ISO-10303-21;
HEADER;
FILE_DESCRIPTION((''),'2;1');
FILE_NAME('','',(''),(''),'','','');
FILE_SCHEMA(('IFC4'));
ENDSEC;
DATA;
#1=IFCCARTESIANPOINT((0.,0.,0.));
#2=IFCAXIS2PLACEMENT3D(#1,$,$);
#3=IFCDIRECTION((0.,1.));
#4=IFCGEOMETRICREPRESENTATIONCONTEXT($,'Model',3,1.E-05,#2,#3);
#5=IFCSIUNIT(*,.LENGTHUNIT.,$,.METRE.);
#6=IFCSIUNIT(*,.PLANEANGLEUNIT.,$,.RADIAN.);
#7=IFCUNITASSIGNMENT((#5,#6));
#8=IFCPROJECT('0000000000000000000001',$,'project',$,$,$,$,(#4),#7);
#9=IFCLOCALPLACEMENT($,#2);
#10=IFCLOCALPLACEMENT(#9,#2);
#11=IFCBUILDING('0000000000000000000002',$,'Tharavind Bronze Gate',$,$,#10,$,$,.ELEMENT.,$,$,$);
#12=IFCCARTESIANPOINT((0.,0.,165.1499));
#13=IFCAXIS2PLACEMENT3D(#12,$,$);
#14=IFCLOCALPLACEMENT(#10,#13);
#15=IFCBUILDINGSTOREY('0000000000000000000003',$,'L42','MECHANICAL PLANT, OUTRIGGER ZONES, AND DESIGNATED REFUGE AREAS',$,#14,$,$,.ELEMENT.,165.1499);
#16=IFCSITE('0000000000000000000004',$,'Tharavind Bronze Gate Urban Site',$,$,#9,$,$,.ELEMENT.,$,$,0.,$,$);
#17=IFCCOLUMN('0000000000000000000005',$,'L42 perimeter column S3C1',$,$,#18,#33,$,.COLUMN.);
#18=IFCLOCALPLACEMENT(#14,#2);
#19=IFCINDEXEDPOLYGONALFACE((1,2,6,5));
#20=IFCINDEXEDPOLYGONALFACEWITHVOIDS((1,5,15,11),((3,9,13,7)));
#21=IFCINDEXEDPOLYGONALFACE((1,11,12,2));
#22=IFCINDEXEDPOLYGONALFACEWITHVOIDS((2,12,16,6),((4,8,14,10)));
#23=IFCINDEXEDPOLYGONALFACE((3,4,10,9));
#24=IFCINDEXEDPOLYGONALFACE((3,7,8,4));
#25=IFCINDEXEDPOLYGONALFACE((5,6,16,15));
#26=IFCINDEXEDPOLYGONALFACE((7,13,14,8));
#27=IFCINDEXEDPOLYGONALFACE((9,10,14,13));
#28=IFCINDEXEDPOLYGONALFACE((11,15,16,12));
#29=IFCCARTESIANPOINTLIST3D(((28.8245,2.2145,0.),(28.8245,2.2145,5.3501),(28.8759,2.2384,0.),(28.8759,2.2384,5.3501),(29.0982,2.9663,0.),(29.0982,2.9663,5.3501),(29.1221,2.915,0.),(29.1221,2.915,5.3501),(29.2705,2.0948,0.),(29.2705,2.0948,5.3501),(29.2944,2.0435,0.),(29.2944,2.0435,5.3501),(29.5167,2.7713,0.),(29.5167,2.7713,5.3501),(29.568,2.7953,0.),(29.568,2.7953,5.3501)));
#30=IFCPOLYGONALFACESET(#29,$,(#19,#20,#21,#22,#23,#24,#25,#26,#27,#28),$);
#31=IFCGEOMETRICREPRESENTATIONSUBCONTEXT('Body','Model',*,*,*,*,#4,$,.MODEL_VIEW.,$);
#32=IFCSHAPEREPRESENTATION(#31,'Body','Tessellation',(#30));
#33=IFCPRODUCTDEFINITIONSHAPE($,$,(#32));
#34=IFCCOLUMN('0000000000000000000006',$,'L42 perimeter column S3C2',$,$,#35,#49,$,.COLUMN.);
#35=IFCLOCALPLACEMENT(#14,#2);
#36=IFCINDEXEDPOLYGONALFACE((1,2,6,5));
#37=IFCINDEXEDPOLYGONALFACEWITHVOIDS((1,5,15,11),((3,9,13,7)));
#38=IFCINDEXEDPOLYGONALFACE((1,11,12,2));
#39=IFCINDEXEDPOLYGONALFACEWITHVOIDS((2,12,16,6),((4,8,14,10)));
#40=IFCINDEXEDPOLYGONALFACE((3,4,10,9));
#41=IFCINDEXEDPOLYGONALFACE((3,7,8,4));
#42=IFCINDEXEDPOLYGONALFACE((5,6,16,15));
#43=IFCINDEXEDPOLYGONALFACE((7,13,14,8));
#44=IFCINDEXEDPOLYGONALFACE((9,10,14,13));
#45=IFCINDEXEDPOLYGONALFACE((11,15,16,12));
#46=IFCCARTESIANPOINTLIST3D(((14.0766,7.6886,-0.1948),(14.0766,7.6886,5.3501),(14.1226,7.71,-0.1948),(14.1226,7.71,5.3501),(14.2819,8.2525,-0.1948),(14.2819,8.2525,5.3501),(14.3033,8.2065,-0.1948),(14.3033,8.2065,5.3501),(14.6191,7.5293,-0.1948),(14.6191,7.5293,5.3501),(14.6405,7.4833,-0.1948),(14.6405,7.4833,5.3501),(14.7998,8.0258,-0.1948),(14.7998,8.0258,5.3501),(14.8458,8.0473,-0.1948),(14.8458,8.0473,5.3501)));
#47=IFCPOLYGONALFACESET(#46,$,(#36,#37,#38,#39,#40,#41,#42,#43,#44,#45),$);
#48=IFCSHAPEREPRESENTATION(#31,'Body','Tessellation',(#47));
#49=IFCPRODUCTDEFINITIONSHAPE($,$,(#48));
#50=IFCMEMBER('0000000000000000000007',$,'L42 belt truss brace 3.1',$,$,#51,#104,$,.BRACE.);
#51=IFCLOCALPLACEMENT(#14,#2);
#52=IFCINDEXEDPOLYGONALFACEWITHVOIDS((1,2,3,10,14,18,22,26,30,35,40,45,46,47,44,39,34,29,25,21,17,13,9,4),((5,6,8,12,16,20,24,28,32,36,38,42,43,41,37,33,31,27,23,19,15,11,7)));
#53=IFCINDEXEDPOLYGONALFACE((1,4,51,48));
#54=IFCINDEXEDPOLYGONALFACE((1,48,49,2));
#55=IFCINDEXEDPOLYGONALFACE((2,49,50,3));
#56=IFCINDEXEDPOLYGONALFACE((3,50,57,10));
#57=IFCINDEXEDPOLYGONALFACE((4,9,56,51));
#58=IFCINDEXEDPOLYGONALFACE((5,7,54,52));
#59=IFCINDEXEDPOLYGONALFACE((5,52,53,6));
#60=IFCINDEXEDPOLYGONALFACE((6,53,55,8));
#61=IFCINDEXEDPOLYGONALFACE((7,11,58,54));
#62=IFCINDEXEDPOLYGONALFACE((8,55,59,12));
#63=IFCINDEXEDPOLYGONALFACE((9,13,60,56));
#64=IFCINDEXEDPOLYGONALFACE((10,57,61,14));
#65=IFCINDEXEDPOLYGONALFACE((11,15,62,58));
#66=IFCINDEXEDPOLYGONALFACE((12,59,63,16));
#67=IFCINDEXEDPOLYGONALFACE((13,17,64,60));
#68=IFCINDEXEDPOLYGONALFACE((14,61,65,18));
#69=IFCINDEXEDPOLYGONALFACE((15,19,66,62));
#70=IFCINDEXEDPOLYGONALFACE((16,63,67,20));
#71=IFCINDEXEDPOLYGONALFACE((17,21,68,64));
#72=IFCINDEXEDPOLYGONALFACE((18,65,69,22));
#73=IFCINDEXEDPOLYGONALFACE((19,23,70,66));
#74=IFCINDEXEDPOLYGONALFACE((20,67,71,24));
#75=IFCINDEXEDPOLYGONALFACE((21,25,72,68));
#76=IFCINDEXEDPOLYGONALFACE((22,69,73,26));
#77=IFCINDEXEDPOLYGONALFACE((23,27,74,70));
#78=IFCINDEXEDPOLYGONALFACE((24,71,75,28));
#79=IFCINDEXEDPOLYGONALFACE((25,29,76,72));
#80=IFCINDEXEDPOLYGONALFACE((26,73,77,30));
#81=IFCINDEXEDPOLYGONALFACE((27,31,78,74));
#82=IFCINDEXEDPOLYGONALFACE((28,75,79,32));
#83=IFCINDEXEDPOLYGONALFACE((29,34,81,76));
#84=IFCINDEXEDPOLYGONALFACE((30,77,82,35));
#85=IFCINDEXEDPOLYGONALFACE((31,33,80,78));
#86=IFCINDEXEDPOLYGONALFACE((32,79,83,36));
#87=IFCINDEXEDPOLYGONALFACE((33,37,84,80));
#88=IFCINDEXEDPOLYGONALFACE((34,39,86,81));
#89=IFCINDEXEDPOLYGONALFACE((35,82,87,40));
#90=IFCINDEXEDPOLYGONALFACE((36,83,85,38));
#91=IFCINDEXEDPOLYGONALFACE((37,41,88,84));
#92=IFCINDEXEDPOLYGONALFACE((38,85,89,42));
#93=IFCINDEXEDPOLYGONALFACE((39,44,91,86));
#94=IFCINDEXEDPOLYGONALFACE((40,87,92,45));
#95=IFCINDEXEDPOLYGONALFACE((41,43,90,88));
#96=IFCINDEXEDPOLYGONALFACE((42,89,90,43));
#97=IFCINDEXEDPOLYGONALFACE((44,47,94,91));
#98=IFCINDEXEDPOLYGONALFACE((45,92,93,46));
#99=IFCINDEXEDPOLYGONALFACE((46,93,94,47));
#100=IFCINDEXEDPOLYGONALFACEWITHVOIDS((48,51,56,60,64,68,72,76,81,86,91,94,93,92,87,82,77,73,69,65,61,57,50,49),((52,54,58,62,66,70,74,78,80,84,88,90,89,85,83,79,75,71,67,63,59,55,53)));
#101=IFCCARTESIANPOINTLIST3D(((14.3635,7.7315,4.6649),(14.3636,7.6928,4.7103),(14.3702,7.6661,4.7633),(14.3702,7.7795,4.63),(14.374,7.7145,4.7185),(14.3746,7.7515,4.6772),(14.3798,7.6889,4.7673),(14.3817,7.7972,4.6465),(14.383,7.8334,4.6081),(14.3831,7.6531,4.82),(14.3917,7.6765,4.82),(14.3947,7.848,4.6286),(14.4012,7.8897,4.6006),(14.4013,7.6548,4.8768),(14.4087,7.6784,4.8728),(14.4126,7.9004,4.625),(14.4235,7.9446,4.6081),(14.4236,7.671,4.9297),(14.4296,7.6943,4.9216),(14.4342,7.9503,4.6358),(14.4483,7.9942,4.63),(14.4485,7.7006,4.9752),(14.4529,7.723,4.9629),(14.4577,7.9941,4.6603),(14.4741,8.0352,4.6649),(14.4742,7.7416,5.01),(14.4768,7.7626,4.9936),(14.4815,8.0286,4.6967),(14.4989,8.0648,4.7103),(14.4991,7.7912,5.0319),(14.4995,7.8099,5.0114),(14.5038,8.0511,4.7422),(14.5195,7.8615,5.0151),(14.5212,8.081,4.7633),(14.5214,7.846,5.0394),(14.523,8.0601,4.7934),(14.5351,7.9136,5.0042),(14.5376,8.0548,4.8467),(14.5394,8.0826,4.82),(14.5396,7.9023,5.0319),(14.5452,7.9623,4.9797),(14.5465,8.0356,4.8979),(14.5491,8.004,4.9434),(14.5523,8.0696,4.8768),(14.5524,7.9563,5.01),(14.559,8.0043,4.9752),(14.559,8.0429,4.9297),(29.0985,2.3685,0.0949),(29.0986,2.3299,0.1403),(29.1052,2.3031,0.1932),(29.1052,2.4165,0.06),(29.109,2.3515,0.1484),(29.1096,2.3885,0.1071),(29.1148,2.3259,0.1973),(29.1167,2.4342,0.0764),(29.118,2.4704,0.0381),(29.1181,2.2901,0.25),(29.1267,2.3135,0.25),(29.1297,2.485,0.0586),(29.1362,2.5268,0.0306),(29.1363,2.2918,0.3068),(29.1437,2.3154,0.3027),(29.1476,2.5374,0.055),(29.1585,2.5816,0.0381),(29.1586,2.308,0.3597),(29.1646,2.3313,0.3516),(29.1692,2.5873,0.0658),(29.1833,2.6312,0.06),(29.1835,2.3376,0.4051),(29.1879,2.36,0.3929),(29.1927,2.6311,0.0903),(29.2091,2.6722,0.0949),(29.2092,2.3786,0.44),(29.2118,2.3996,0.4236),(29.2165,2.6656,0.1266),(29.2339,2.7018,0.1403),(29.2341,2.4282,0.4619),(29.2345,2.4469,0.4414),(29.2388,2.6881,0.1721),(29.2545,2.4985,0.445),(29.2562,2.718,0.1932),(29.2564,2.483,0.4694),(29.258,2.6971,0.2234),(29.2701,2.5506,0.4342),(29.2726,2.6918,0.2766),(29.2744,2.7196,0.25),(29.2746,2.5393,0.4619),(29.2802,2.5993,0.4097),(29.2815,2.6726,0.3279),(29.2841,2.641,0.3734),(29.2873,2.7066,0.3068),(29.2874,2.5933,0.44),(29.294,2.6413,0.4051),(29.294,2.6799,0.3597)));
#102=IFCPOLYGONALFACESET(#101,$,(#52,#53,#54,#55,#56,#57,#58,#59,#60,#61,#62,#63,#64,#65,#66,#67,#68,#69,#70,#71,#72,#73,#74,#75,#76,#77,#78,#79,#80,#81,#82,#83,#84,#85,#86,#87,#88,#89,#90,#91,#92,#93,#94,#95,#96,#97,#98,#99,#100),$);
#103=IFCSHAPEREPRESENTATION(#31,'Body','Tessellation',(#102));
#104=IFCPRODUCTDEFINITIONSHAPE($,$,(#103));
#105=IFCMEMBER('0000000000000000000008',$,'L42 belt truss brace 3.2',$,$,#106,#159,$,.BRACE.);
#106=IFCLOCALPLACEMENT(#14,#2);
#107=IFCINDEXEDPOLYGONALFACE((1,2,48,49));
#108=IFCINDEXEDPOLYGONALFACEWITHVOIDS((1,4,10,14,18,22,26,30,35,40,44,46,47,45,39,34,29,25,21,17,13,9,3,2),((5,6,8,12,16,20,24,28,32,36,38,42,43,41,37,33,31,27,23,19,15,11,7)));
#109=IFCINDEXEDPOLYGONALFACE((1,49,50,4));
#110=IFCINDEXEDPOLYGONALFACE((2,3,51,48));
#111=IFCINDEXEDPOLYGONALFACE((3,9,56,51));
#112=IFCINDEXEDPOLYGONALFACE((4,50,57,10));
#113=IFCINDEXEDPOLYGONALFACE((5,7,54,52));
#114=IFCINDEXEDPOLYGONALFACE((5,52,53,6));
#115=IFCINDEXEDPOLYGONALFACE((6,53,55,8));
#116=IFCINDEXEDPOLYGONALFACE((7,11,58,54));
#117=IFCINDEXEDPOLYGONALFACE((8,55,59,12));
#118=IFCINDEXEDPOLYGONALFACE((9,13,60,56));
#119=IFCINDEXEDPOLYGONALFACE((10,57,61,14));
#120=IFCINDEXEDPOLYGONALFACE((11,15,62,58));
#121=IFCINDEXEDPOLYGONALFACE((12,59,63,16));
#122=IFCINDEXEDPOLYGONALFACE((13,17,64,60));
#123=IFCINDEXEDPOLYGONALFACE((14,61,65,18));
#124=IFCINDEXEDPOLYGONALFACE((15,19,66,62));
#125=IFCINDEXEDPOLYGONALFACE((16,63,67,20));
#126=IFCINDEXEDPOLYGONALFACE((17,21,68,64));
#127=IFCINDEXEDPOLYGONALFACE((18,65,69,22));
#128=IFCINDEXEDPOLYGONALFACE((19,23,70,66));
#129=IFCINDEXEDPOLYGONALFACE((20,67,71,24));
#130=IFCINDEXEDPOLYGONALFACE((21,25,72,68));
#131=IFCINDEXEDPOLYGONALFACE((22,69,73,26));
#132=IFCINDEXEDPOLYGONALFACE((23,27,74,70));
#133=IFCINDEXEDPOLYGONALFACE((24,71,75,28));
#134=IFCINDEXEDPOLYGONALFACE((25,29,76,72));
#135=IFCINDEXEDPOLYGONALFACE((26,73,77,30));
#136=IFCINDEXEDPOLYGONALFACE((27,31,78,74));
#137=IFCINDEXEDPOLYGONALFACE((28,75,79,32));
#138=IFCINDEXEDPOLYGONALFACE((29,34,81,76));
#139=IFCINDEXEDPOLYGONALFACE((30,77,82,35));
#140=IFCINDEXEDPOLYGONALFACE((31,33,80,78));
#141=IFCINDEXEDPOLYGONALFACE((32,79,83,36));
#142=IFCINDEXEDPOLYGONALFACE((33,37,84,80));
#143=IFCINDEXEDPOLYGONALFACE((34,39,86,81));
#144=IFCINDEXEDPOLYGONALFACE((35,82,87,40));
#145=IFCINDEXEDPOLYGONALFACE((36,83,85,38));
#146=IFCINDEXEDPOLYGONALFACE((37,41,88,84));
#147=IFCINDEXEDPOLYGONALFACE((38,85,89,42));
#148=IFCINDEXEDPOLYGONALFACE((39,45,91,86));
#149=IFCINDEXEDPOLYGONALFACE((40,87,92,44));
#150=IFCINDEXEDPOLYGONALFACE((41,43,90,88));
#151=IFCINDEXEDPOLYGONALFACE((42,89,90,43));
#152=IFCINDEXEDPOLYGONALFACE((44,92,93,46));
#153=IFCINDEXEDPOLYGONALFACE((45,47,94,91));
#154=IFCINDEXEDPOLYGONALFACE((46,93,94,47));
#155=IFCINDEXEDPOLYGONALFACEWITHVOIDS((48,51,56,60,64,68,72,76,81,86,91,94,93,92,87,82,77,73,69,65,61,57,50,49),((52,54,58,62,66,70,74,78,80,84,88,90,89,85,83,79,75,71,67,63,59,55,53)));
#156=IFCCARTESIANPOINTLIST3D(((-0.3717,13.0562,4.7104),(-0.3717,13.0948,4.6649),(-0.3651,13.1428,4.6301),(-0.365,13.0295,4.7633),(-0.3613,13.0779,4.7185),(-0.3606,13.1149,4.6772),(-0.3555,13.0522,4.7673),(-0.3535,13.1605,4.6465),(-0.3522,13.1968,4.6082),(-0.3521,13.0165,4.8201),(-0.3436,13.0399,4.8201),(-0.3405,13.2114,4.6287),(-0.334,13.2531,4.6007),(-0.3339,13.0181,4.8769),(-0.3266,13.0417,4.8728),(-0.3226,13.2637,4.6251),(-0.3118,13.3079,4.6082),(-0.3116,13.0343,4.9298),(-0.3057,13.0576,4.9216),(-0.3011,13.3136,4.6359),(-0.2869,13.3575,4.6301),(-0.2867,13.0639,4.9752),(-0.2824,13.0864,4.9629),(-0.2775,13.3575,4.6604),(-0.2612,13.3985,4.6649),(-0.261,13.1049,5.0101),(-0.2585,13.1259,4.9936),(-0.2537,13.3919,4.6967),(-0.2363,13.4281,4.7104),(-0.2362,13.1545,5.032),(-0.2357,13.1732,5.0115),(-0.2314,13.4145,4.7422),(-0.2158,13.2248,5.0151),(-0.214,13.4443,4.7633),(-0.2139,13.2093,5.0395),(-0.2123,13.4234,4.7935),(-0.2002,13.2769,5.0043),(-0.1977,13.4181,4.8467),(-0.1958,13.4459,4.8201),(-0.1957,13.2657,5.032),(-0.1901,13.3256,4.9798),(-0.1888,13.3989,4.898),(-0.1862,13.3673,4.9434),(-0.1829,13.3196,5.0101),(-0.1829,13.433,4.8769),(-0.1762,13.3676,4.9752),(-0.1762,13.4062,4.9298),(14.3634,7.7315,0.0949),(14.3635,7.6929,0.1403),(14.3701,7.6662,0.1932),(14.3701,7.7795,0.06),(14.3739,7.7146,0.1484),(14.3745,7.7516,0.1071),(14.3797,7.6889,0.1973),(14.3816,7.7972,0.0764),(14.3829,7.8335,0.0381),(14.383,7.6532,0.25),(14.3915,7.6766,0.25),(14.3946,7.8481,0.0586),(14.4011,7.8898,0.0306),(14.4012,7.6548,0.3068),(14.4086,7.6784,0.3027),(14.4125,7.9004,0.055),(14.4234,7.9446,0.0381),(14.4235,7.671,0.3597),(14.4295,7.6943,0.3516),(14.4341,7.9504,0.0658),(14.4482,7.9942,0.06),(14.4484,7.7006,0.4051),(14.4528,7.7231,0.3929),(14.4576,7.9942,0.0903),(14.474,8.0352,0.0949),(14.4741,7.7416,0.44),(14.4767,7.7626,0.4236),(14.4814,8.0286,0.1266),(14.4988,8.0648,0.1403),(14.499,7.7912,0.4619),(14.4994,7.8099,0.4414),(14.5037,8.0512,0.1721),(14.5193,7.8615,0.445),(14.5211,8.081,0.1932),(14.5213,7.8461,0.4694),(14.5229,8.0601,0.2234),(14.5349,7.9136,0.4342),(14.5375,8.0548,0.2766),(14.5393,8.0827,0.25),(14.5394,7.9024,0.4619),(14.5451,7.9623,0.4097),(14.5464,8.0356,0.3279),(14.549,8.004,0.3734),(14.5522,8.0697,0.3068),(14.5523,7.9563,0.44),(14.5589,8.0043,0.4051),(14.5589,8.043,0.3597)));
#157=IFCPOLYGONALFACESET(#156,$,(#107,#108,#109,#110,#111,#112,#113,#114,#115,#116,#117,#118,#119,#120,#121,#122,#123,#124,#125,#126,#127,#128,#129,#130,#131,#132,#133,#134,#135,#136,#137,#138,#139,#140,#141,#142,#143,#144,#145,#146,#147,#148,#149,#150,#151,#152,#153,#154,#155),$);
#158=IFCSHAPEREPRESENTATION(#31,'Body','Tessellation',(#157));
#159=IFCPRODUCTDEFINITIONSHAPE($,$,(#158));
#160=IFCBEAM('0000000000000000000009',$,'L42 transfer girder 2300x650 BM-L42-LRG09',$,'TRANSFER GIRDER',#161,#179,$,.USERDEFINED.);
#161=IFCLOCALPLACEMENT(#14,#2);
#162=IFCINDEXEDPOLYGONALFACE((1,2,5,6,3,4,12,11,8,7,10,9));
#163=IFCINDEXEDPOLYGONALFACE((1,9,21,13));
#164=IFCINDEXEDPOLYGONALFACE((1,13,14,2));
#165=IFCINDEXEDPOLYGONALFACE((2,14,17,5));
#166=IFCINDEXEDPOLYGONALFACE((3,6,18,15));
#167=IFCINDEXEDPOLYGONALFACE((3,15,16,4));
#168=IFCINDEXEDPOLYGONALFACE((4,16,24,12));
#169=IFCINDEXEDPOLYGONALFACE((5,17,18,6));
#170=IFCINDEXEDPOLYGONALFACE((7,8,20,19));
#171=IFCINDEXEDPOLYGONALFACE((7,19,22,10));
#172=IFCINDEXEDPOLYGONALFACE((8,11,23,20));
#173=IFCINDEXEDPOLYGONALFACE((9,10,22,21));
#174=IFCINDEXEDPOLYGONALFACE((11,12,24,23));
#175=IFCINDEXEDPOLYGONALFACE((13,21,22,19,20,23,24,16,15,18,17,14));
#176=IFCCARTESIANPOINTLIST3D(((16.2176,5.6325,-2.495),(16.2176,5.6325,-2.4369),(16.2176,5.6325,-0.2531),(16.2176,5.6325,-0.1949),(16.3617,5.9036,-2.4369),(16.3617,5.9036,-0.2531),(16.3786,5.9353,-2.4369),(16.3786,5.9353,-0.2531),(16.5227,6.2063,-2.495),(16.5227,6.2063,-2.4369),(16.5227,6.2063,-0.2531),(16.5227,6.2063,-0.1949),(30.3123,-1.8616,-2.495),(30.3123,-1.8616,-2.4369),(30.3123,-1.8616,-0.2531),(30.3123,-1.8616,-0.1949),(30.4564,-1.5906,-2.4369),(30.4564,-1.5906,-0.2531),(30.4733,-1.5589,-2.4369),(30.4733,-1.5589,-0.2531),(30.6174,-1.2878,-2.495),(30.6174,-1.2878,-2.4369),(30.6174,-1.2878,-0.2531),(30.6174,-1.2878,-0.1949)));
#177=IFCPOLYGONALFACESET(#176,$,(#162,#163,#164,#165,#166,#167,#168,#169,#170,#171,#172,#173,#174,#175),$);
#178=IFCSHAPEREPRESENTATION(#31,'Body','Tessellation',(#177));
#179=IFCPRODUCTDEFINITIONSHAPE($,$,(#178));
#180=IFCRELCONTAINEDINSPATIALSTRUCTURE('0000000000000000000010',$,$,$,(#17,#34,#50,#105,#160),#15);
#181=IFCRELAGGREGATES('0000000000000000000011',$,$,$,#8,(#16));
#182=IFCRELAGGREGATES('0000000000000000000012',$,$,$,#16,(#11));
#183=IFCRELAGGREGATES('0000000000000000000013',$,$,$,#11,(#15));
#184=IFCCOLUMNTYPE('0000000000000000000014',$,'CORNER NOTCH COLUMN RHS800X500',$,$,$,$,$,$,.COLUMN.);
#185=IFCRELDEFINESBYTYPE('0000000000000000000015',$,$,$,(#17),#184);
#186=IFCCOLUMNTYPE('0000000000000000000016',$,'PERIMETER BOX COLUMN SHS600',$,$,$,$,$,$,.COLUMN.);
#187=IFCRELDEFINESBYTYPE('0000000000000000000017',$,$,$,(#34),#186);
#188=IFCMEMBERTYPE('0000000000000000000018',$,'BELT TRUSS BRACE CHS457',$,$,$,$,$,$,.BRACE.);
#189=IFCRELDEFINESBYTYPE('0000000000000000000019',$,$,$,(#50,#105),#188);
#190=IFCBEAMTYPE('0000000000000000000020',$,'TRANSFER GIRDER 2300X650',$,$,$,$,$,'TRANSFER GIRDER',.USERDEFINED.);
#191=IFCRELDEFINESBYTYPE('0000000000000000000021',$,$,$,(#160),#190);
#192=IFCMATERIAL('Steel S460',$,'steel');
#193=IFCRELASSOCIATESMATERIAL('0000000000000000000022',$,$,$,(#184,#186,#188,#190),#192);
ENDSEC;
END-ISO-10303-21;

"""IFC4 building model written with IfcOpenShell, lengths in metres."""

from ifc_helpers import new_model, si_unit, direction, frame, origin, origin_2d, place, context, subcontext, project, spatial, hollow_rectangle, hollow_circle, i_section, extrude, material, material_profile, profile_set, type_object, element, save


model = new_model("IFC4")

# Units and contexts
model_context = context("Model", 3, precision=1e-05, world=origin(), true_north=direction((0.0, 1.0)))
body_context = subcontext(model_context, "Body", "Model", "MODEL_VIEW")
ifc_project = project(units=[si_unit("LENGTHUNIT", "METRE"), si_unit("PLANEANGLEUNIT", "RADIAN")], contexts=[model_context])

# Site, building, storey
site_placement = place(None, origin())
site = spatial("IfcSite", under=ifc_project, at=site_placement, Name="Tharavind Bronze Gate Urban Site", CompositionType="ELEMENT", RefElevation=0.0)
building_placement = place(site_placement, origin())
building = spatial("IfcBuilding", under=site, at=building_placement, Name="Tharavind Bronze Gate", CompositionType="ELEMENT")
storey_placement = place(building_placement, frame((0.0, 0.0, 165.1499)))
storey = spatial("IfcBuildingStorey", under=building, at=storey_placement, Name="L42", Description="MECHANICAL PLANT, OUTRIGGER ZONES, AND DESIGNATED REFUGE AREAS", CompositionType="ELEMENT", Elevation=165.1499)

# Columns
ifc_material_1 = material(Name="Steel S460", Category="steel")
ifc_material_profile_1 = material_profile(ifc_material_1, hollow_rectangle(XDim=0.5, YDim=0.8, WallThickness=0.04, at=origin_2d()), Name="RHS800X500X40")
ifc_profile_set_1 = profile_set([ifc_material_profile_1], Name="Steel S460")
column_type_1 = type_object("IfcColumnType", Name="CORNER NOTCH COLUMN RHS800X500", PredefinedType="COLUMN", material=ifc_profile_set_1)
column_1_placement = place(storey_placement, frame((29.1963, 2.5049, 0.0), z_axis=(0.0, 0.0, 1.0), x_axis=(-0.939692, 0.342022, 0.0)))
element("IfcColumn", 1, at=column_1_placement, inside=storey, type_object=column_type_1, Name="L42 perimeter column S3C1", PredefinedType="COLUMN", context=body_context, shape_type="SweptSolid", body=[
    extrude(hollow_rectangle(XDim=0.5, YDim=0.8, WallThickness=0.04, at=origin_2d()), origin(), (0.0, 0.0, 1.0), 5.3501),
])
ifc_material_profile_2 = material_profile(ifc_material_1, hollow_rectangle(XDim=0.6001, YDim=0.6001, WallThickness=0.0359, at=origin_2d()), Name="SHS600X36")
ifc_profile_set_2 = profile_set([ifc_material_profile_2], Name="Steel S460")
column_type_2 = type_object("IfcColumnType", Name="PERIMETER BOX COLUMN SHS600", PredefinedType="COLUMN", material=ifc_profile_set_2)
column_2_placement = place(storey_placement, frame((14.4612, 7.8679, -0.1948), z_axis=(0.0, 0.0, 1.0), x_axis=(-0.939692, 0.342022, 0.0)))
element("IfcColumn", 2, at=column_2_placement, inside=storey, type_object=column_type_2, Name="L42 perimeter column S3C2", PredefinedType="COLUMN", context=body_context, shape_type="SweptSolid", body=[
    extrude(hollow_rectangle(XDim=0.6001, YDim=0.6001, WallThickness=0.0359, at=origin_2d()), origin(), (0.0, 0.0, 1.0), 5.5449),
])

# Members
ifc_material_profile_3 = material_profile(ifc_material_1, hollow_circle(Radius=0.2285, WallThickness=0.0249, at=origin_2d()), Name="CHS457X25")
ifc_profile_set_3 = profile_set([ifc_material_profile_3], Name="Steel S460")
member_type = type_object("IfcMemberType", Name="BELT TRUSS BRACE CHS457", PredefinedType="BRACE", material=ifc_profile_set_3)
member_1_placement = place(storey_placement, frame((29.1963, 2.5049, 0.25), z_axis=(-0.902161, 0.328353, 0.279804), x_axis=(-0.342014, -0.939695, 0.0)))
element("IfcMember", 3, at=member_1_placement, inside=storey, type_object=member_type, Name="L42 belt truss brace 3.1", PredefinedType="BRACE", context=body_context, shape_type="SweptSolid", body=[
    extrude(hollow_circle(Radius=0.2285, WallThickness=0.0249, at=origin_2d()), origin(), (0.0, 0.0, 1.0), 16.333),
])
member_2_placement = place(storey_placement, frame((14.4612, 7.8679, 0.25), z_axis=(-0.902156, 0.328367, 0.279802), x_axis=(-0.342028, -0.93969, 0.0)))
element("IfcMember", 4, at=member_2_placement, inside=storey, type_object=member_type, Name="L42 belt truss brace 3.2", PredefinedType="BRACE", context=body_context, shape_type="SweptSolid", body=[
    extrude(hollow_circle(Radius=0.2285, WallThickness=0.0249, at=origin_2d()), origin(), (0.0, 0.0, 1.0), 16.3333),
])

# Beam
ifc_material_profile_4 = material_profile(ifc_material_1, i_section(OverallWidth=0.6499, OverallDepth=2.3, WebThickness=0.0359, FlangeThickness=0.0581, at=origin_2d()), Name="PG2300X650")
ifc_profile_set_4 = profile_set([ifc_material_profile_4], Name="Steel S460")
beam_type = type_object("IfcBeamType", Name="TRANSFER GIRDER 2300X650", ElementType="TRANSFER GIRDER", PredefinedType="USERDEFINED", material=ifc_profile_set_4)
beam_1_placement = place(storey_placement, frame((30.4648, -1.5747, -1.345), z_axis=(-0.882952, 0.469464, 0.0), x_axis=(-0.469464, -0.882952, 0.0)))
element("IfcBeam", 5, at=beam_1_placement, inside=storey, type_object=beam_type, Name="L42 transfer girder 2300x650 BM-L42-LRG09", ObjectType="TRANSFER GIRDER", PredefinedType="USERDEFINED", context=body_context, shape_type="SweptSolid", body=[
    extrude(i_section(OverallWidth=0.6499, OverallDepth=2.3, WebThickness=0.0359, FlangeThickness=0.0581, at=origin_2d()), origin(), (0.0, 0.0, 1.0), 15.9631),
])

save(model, "model.ifc")
